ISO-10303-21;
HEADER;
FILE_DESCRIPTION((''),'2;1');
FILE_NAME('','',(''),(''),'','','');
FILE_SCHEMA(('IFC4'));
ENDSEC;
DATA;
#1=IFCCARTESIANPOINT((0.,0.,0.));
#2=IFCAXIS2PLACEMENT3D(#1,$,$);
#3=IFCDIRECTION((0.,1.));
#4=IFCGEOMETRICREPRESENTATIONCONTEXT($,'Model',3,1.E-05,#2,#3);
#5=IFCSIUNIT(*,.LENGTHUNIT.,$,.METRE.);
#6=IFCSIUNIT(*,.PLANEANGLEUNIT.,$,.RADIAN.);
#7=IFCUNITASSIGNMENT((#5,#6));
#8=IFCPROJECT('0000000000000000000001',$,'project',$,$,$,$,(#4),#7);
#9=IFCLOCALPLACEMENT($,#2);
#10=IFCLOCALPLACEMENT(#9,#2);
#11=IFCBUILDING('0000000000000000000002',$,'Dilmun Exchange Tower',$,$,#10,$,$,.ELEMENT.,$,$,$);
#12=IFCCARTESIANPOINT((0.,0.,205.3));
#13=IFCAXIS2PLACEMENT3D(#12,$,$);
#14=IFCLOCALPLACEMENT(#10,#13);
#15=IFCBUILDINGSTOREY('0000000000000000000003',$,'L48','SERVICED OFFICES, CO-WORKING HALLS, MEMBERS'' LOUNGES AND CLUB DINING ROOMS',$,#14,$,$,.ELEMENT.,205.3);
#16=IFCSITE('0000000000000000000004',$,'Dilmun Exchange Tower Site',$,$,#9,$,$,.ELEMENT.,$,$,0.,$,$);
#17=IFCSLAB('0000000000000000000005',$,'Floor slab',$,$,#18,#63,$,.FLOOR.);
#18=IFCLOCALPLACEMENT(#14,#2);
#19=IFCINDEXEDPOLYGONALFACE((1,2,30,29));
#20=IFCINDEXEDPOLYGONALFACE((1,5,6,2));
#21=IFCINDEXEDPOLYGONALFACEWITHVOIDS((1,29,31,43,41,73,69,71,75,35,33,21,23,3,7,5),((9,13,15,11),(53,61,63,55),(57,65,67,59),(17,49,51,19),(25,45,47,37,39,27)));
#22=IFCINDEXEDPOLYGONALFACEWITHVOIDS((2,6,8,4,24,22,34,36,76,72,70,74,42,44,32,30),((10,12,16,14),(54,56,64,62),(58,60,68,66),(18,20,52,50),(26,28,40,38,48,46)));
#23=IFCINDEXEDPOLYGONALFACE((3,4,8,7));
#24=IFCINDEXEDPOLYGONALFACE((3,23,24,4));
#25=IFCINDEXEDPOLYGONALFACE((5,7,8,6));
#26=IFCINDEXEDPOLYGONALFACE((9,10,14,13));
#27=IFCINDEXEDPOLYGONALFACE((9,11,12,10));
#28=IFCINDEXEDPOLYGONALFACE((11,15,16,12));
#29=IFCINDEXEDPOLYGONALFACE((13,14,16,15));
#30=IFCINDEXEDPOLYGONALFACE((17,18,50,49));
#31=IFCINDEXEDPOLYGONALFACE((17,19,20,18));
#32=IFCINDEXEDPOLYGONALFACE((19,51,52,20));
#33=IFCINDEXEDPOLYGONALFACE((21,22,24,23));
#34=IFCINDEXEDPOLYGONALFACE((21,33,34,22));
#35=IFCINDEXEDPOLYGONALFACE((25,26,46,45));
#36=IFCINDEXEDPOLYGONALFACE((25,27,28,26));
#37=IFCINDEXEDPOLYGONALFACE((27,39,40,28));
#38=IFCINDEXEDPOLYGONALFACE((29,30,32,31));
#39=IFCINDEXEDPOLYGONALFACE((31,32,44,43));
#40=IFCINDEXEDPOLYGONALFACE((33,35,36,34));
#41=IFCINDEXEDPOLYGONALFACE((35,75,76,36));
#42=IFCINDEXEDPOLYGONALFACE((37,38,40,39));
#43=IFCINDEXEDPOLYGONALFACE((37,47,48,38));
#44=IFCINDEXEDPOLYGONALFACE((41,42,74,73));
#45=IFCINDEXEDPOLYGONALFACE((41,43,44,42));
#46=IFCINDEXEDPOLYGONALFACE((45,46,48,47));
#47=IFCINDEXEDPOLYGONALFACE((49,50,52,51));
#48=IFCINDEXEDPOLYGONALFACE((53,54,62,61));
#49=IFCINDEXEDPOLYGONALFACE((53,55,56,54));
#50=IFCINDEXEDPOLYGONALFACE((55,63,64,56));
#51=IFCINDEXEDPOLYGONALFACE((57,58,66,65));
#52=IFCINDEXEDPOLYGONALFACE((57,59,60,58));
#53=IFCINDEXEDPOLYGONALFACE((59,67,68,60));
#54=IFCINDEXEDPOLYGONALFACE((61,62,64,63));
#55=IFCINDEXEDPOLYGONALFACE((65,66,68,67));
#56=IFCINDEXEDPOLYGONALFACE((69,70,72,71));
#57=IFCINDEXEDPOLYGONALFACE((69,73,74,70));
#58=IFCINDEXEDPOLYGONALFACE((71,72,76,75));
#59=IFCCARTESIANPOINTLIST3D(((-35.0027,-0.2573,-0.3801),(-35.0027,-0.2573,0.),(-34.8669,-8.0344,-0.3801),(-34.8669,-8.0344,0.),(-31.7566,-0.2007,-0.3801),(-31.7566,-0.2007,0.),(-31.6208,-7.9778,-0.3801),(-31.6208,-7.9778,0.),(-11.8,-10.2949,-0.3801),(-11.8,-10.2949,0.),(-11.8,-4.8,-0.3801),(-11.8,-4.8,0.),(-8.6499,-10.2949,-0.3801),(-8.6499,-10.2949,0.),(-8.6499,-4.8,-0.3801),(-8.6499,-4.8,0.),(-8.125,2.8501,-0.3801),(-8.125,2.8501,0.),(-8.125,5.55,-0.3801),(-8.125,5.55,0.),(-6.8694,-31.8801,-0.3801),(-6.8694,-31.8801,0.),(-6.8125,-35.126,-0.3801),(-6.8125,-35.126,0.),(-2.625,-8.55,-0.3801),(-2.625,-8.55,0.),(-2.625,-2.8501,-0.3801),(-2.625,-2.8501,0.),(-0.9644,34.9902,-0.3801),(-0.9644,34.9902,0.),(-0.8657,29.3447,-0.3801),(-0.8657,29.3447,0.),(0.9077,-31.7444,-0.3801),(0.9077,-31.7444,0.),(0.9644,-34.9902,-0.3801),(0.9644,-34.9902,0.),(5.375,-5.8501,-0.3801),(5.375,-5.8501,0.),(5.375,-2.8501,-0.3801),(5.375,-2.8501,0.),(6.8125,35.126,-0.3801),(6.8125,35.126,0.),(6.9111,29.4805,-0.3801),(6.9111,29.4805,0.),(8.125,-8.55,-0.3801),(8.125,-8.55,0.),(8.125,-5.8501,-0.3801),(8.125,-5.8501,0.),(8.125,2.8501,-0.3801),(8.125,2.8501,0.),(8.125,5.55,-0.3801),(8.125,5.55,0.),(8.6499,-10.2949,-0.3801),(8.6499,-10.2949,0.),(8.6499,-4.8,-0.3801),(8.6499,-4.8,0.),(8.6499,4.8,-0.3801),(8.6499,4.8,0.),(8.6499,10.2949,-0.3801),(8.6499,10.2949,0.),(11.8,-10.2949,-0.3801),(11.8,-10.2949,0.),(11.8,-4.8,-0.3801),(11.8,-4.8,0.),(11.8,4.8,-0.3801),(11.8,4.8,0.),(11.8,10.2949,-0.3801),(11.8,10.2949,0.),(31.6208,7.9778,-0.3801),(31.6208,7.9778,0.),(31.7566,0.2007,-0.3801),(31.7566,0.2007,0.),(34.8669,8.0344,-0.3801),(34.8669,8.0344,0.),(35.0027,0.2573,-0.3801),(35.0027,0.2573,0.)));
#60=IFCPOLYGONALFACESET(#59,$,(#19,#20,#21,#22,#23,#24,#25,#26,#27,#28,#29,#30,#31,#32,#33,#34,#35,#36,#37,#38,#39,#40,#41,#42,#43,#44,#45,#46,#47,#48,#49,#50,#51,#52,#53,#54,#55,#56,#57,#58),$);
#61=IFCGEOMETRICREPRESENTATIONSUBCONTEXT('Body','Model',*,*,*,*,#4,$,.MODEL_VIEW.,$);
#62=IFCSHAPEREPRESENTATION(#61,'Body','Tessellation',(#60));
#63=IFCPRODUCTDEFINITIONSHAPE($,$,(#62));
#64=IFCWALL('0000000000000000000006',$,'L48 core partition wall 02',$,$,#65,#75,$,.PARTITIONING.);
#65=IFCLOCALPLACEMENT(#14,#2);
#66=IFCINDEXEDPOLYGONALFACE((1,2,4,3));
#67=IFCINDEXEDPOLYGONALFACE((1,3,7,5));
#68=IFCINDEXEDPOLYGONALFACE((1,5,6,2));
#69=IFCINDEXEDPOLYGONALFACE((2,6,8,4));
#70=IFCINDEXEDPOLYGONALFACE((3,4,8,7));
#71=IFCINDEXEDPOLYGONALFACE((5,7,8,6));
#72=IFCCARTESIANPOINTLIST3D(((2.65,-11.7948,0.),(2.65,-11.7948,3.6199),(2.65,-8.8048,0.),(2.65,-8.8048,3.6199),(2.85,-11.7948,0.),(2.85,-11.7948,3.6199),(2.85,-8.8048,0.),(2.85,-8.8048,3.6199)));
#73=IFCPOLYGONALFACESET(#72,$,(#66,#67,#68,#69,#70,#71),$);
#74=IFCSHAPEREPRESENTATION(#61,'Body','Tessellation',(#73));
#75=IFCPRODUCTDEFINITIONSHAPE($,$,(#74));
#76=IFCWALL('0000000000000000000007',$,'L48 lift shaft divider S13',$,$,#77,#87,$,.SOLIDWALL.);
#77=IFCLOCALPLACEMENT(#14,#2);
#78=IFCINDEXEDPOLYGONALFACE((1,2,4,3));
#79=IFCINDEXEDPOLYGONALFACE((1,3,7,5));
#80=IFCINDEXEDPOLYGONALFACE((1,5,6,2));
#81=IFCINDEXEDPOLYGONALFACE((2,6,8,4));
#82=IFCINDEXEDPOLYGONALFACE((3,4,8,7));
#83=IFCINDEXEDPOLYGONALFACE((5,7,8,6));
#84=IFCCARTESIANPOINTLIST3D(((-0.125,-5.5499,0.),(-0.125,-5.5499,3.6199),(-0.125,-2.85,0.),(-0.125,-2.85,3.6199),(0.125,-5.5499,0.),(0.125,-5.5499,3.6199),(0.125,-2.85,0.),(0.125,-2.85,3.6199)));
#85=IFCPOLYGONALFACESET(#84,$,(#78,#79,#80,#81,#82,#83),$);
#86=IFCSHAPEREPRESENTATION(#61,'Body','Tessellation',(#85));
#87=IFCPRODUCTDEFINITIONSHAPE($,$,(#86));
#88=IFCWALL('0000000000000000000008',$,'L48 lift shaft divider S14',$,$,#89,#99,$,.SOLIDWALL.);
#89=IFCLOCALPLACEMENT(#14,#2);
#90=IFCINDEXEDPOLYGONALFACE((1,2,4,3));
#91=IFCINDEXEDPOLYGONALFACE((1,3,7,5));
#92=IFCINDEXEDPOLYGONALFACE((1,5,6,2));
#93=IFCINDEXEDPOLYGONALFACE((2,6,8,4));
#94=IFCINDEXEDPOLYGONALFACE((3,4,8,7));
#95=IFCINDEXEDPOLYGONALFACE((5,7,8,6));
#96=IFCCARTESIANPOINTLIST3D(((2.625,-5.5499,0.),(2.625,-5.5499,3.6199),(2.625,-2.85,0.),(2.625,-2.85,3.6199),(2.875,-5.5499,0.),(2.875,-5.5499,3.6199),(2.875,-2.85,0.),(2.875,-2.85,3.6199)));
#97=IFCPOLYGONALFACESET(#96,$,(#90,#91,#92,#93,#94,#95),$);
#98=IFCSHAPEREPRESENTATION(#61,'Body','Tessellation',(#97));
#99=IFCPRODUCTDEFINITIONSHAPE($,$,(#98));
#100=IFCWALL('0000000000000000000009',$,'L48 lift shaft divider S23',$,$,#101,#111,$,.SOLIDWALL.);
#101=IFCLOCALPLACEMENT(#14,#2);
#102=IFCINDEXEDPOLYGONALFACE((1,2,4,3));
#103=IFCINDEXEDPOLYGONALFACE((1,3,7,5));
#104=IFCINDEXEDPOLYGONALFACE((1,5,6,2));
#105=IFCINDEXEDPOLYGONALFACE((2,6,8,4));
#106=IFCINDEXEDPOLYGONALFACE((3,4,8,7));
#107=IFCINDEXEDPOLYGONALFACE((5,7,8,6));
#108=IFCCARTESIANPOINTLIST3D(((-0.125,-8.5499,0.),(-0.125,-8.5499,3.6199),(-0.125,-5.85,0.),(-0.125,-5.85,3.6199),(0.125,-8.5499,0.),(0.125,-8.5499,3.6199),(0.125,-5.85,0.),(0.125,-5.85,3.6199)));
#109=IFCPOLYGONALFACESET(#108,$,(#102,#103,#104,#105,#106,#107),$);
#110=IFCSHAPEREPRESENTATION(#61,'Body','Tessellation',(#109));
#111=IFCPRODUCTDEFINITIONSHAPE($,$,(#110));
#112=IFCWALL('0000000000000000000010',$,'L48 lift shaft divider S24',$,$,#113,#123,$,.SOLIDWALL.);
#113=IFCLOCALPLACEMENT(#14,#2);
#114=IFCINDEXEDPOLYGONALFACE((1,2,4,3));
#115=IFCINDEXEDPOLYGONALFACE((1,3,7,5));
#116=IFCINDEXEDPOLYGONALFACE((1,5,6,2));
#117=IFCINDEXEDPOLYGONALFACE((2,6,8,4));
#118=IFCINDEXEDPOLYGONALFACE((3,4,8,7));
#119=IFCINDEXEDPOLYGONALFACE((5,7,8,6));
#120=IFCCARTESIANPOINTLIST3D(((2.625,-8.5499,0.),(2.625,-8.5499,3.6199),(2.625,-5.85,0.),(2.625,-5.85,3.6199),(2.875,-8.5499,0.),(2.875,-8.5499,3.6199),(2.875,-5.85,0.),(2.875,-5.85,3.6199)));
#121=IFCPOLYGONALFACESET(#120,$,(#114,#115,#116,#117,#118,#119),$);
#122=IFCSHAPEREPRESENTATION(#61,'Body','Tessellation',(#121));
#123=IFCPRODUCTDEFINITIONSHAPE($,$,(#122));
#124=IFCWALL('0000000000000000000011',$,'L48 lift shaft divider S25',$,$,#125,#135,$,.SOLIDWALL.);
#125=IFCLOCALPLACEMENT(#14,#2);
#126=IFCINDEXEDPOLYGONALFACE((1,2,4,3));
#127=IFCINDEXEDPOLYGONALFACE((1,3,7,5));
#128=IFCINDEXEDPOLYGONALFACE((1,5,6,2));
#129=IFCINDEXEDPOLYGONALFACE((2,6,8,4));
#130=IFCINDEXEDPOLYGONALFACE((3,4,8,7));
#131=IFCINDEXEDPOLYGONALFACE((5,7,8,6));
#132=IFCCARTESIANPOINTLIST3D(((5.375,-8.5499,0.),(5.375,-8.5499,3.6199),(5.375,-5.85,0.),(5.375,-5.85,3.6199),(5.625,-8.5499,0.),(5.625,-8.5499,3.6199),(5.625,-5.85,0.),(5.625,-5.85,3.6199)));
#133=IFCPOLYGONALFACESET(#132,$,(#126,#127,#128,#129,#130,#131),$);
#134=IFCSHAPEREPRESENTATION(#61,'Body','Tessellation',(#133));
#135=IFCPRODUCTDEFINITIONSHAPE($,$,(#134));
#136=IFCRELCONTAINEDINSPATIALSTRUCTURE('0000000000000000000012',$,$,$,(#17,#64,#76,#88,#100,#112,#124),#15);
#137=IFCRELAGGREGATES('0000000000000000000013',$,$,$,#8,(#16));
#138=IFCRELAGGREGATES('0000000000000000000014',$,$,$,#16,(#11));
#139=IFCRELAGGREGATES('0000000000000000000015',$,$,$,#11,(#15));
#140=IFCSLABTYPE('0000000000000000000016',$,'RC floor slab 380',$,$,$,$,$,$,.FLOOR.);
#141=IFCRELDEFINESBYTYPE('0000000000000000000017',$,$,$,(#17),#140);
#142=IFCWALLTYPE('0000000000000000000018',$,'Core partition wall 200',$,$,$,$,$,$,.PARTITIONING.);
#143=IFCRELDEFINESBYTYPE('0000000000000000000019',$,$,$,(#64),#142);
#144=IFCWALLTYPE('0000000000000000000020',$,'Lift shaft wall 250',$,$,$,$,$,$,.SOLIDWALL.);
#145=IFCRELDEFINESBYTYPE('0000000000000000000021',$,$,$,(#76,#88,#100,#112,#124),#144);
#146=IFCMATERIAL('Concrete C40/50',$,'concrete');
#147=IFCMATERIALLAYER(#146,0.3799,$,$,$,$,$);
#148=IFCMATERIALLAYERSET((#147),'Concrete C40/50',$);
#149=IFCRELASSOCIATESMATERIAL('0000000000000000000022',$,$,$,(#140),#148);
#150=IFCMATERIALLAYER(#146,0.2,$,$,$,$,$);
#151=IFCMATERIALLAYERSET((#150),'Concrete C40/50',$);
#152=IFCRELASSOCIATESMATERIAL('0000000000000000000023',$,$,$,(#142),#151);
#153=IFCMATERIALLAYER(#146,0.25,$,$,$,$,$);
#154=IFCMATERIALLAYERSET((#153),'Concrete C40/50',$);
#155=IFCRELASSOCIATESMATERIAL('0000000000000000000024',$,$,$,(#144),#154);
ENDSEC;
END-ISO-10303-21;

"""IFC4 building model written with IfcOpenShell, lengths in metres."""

from ifc_helpers import new_model, si_unit, direction, frame, frame_2d, origin, place, context, subcontext, project, spatial, polyline, rectangle, outline, extrude, material, layer, layer_set, type_object, element, save


model = new_model("IFC4")

# Units and contexts
model_context = context("Model", 3, precision=1e-05, world=origin(), true_north=direction((0.0, 1.0)))
body_context = subcontext(model_context, "Body", "Model", "MODEL_VIEW")
ifc_project = project(units=[si_unit("LENGTHUNIT", "METRE"), si_unit("PLANEANGLEUNIT", "RADIAN")], contexts=[model_context])

# Site, building, storey
site_placement = place(None, origin())
site = spatial("IfcSite", under=ifc_project, at=site_placement, Name="Dilmun Exchange Tower Site", CompositionType="ELEMENT", RefElevation=0.0)
building_placement = place(site_placement, origin())
building = spatial("IfcBuilding", under=site, at=building_placement, Name="Dilmun Exchange Tower", CompositionType="ELEMENT")
storey_placement = place(building_placement, frame((0.0, 0.0, 205.3)))
storey = spatial("IfcBuildingStorey", under=building, at=storey_placement, Name="L48", Description="SERVICED OFFICES, CO-WORKING HALLS, MEMBERS' LOUNGES AND CLUB DINING ROOMS", CompositionType="ELEMENT", Elevation=205.3)

# Slab
ifc_material_1 = material(Name="Concrete C40/50", Category="concrete")
ifc_layer_1 = layer(ifc_material_1, 0.3799)
ifc_layer_set_1 = layer_set([ifc_layer_1], Name="Concrete C40/50")
slab_type = type_object("IfcSlabType", Name="RC floor slab 380", PredefinedType="FLOOR", material=ifc_layer_set_1)
slab_placement = place(storey_placement, frame((0.0, 0.0, -0.3801)))
element("IfcSlab", 1, at=slab_placement, inside=storey, type_object=slab_type, Name="Floor slab", PredefinedType="FLOOR", context=body_context, shape_type="SweptSolid", body=[
    extrude(outline(polyline([(31.6208, 7.9778), (31.7566, 0.2007), (35.0027, 0.2573), (0.9644, -34.9902), (0.9077, -31.7444), (-6.8694, -31.8801), (-6.8125, -35.126), (-34.8669, -8.0344), (-31.6208, -7.9778), (-31.7566, -0.2007), (-35.0027, -0.2573), (-0.9644, 34.9902), (-0.8657, 29.3447), (6.9111, 29.4805), (6.8125, 35.126), (34.8669, 8.0344), (31.6208, 7.9778)]), holes=[polyline([(-8.6499, -4.8), (-11.8, -4.8), (-11.8, -10.2949), (-8.6499, -10.2949), (-8.6499, -4.8)]), polyline([(11.8, -4.8), (8.6499, -4.8), (8.6499, -10.2949), (11.8, -10.2949), (11.8, -4.8)]), polyline([(5.375, -2.8501), (-2.625, -2.8501), (-2.625, -8.55), (8.125, -8.55), (8.125, -5.8501), (5.375, -5.8501), (5.375, -2.8501)]), polyline([(8.125, 2.8501), (8.125, 5.55), (-8.125, 5.55), (-8.125, 2.8501), (8.125, 2.8501)]), polyline([(8.6499, 10.2949), (8.6499, 4.8), (11.8, 4.8), (11.8, 10.2949), (8.6499, 10.2949)])]), origin(), (0.0, 0.0, 1.0), 0.3801),
])

# Wall
ifc_layer_2 = layer(ifc_material_1, 0.2)
ifc_layer_set_2 = layer_set([ifc_layer_2], Name="Concrete C40/50")
wall_type_1 = type_object("IfcWallType", Name="Core partition wall 200", PredefinedType="PARTITIONING", material=ifc_layer_set_2)
wall_1_placement = place(storey_placement, frame((2.75, -11.7949, 0.0), z_axis=(0.0, 0.0, 1.0), x_axis=(0.0, 1.0, 0.0)))
element("IfcWall", 2, at=wall_1_placement, inside=storey, type_object=wall_type_1, Name="L48 core partition wall 02", PredefinedType="PARTITIONING", context=body_context, shape_type="SweptSolid", body=[
    extrude(rectangle(XDim=2.99, YDim=0.2, at=frame_2d((1.4951, 0.0))), origin(), (0.0, 0.0, 1.0), 3.6199),
])

# Walls
ifc_layer_3 = layer(ifc_material_1, 0.25)
ifc_layer_set_3 = layer_set([ifc_layer_3], Name="Concrete C40/50")
wall_type_2 = type_object("IfcWallType", Name="Lift shaft wall 250", PredefinedType="SOLIDWALL", material=ifc_layer_set_3)
for number, where, z_axis, x_axis, name in (
    (3, (0.0, -5.55, 0.0), (0.0, 0.0, 1.0), (0.0, 1.0, 0.0), "L48 lift shaft divider S13"),
    (4, (2.75, -5.55, 0.0), (0.0, 0.0, 1.0), (0.0, 1.0, 0.0), "L48 lift shaft divider S14"),
    (5, (0.0, -8.55, 0.0), (0.0, 0.0, 1.0), (0.0, 1.0, 0.0), "L48 lift shaft divider S23"),
    (6, (2.75, -8.55, 0.0), (0.0, 0.0, 1.0), (0.0, 1.0, 0.0), "L48 lift shaft divider S24"),
    (7, (5.5, -8.55, 0.0), (0.0, 0.0, 1.0), (0.0, 1.0, 0.0), "L48 lift shaft divider S25"),
):
    element("IfcWall", number, at=place(storey_placement, frame(where, z_axis=z_axis, x_axis=x_axis)), inside=storey, type_object=wall_type_2, Name=name, PredefinedType="SOLIDWALL", context=body_context, shape_type="SweptSolid", body=[
        extrude(rectangle(XDim=2.7, YDim=0.25, at=frame_2d((1.3501, 0.0))), origin(), (0.0, 0.0, 1.0), 3.6199),
    ])

save(model, "model.ifc")
